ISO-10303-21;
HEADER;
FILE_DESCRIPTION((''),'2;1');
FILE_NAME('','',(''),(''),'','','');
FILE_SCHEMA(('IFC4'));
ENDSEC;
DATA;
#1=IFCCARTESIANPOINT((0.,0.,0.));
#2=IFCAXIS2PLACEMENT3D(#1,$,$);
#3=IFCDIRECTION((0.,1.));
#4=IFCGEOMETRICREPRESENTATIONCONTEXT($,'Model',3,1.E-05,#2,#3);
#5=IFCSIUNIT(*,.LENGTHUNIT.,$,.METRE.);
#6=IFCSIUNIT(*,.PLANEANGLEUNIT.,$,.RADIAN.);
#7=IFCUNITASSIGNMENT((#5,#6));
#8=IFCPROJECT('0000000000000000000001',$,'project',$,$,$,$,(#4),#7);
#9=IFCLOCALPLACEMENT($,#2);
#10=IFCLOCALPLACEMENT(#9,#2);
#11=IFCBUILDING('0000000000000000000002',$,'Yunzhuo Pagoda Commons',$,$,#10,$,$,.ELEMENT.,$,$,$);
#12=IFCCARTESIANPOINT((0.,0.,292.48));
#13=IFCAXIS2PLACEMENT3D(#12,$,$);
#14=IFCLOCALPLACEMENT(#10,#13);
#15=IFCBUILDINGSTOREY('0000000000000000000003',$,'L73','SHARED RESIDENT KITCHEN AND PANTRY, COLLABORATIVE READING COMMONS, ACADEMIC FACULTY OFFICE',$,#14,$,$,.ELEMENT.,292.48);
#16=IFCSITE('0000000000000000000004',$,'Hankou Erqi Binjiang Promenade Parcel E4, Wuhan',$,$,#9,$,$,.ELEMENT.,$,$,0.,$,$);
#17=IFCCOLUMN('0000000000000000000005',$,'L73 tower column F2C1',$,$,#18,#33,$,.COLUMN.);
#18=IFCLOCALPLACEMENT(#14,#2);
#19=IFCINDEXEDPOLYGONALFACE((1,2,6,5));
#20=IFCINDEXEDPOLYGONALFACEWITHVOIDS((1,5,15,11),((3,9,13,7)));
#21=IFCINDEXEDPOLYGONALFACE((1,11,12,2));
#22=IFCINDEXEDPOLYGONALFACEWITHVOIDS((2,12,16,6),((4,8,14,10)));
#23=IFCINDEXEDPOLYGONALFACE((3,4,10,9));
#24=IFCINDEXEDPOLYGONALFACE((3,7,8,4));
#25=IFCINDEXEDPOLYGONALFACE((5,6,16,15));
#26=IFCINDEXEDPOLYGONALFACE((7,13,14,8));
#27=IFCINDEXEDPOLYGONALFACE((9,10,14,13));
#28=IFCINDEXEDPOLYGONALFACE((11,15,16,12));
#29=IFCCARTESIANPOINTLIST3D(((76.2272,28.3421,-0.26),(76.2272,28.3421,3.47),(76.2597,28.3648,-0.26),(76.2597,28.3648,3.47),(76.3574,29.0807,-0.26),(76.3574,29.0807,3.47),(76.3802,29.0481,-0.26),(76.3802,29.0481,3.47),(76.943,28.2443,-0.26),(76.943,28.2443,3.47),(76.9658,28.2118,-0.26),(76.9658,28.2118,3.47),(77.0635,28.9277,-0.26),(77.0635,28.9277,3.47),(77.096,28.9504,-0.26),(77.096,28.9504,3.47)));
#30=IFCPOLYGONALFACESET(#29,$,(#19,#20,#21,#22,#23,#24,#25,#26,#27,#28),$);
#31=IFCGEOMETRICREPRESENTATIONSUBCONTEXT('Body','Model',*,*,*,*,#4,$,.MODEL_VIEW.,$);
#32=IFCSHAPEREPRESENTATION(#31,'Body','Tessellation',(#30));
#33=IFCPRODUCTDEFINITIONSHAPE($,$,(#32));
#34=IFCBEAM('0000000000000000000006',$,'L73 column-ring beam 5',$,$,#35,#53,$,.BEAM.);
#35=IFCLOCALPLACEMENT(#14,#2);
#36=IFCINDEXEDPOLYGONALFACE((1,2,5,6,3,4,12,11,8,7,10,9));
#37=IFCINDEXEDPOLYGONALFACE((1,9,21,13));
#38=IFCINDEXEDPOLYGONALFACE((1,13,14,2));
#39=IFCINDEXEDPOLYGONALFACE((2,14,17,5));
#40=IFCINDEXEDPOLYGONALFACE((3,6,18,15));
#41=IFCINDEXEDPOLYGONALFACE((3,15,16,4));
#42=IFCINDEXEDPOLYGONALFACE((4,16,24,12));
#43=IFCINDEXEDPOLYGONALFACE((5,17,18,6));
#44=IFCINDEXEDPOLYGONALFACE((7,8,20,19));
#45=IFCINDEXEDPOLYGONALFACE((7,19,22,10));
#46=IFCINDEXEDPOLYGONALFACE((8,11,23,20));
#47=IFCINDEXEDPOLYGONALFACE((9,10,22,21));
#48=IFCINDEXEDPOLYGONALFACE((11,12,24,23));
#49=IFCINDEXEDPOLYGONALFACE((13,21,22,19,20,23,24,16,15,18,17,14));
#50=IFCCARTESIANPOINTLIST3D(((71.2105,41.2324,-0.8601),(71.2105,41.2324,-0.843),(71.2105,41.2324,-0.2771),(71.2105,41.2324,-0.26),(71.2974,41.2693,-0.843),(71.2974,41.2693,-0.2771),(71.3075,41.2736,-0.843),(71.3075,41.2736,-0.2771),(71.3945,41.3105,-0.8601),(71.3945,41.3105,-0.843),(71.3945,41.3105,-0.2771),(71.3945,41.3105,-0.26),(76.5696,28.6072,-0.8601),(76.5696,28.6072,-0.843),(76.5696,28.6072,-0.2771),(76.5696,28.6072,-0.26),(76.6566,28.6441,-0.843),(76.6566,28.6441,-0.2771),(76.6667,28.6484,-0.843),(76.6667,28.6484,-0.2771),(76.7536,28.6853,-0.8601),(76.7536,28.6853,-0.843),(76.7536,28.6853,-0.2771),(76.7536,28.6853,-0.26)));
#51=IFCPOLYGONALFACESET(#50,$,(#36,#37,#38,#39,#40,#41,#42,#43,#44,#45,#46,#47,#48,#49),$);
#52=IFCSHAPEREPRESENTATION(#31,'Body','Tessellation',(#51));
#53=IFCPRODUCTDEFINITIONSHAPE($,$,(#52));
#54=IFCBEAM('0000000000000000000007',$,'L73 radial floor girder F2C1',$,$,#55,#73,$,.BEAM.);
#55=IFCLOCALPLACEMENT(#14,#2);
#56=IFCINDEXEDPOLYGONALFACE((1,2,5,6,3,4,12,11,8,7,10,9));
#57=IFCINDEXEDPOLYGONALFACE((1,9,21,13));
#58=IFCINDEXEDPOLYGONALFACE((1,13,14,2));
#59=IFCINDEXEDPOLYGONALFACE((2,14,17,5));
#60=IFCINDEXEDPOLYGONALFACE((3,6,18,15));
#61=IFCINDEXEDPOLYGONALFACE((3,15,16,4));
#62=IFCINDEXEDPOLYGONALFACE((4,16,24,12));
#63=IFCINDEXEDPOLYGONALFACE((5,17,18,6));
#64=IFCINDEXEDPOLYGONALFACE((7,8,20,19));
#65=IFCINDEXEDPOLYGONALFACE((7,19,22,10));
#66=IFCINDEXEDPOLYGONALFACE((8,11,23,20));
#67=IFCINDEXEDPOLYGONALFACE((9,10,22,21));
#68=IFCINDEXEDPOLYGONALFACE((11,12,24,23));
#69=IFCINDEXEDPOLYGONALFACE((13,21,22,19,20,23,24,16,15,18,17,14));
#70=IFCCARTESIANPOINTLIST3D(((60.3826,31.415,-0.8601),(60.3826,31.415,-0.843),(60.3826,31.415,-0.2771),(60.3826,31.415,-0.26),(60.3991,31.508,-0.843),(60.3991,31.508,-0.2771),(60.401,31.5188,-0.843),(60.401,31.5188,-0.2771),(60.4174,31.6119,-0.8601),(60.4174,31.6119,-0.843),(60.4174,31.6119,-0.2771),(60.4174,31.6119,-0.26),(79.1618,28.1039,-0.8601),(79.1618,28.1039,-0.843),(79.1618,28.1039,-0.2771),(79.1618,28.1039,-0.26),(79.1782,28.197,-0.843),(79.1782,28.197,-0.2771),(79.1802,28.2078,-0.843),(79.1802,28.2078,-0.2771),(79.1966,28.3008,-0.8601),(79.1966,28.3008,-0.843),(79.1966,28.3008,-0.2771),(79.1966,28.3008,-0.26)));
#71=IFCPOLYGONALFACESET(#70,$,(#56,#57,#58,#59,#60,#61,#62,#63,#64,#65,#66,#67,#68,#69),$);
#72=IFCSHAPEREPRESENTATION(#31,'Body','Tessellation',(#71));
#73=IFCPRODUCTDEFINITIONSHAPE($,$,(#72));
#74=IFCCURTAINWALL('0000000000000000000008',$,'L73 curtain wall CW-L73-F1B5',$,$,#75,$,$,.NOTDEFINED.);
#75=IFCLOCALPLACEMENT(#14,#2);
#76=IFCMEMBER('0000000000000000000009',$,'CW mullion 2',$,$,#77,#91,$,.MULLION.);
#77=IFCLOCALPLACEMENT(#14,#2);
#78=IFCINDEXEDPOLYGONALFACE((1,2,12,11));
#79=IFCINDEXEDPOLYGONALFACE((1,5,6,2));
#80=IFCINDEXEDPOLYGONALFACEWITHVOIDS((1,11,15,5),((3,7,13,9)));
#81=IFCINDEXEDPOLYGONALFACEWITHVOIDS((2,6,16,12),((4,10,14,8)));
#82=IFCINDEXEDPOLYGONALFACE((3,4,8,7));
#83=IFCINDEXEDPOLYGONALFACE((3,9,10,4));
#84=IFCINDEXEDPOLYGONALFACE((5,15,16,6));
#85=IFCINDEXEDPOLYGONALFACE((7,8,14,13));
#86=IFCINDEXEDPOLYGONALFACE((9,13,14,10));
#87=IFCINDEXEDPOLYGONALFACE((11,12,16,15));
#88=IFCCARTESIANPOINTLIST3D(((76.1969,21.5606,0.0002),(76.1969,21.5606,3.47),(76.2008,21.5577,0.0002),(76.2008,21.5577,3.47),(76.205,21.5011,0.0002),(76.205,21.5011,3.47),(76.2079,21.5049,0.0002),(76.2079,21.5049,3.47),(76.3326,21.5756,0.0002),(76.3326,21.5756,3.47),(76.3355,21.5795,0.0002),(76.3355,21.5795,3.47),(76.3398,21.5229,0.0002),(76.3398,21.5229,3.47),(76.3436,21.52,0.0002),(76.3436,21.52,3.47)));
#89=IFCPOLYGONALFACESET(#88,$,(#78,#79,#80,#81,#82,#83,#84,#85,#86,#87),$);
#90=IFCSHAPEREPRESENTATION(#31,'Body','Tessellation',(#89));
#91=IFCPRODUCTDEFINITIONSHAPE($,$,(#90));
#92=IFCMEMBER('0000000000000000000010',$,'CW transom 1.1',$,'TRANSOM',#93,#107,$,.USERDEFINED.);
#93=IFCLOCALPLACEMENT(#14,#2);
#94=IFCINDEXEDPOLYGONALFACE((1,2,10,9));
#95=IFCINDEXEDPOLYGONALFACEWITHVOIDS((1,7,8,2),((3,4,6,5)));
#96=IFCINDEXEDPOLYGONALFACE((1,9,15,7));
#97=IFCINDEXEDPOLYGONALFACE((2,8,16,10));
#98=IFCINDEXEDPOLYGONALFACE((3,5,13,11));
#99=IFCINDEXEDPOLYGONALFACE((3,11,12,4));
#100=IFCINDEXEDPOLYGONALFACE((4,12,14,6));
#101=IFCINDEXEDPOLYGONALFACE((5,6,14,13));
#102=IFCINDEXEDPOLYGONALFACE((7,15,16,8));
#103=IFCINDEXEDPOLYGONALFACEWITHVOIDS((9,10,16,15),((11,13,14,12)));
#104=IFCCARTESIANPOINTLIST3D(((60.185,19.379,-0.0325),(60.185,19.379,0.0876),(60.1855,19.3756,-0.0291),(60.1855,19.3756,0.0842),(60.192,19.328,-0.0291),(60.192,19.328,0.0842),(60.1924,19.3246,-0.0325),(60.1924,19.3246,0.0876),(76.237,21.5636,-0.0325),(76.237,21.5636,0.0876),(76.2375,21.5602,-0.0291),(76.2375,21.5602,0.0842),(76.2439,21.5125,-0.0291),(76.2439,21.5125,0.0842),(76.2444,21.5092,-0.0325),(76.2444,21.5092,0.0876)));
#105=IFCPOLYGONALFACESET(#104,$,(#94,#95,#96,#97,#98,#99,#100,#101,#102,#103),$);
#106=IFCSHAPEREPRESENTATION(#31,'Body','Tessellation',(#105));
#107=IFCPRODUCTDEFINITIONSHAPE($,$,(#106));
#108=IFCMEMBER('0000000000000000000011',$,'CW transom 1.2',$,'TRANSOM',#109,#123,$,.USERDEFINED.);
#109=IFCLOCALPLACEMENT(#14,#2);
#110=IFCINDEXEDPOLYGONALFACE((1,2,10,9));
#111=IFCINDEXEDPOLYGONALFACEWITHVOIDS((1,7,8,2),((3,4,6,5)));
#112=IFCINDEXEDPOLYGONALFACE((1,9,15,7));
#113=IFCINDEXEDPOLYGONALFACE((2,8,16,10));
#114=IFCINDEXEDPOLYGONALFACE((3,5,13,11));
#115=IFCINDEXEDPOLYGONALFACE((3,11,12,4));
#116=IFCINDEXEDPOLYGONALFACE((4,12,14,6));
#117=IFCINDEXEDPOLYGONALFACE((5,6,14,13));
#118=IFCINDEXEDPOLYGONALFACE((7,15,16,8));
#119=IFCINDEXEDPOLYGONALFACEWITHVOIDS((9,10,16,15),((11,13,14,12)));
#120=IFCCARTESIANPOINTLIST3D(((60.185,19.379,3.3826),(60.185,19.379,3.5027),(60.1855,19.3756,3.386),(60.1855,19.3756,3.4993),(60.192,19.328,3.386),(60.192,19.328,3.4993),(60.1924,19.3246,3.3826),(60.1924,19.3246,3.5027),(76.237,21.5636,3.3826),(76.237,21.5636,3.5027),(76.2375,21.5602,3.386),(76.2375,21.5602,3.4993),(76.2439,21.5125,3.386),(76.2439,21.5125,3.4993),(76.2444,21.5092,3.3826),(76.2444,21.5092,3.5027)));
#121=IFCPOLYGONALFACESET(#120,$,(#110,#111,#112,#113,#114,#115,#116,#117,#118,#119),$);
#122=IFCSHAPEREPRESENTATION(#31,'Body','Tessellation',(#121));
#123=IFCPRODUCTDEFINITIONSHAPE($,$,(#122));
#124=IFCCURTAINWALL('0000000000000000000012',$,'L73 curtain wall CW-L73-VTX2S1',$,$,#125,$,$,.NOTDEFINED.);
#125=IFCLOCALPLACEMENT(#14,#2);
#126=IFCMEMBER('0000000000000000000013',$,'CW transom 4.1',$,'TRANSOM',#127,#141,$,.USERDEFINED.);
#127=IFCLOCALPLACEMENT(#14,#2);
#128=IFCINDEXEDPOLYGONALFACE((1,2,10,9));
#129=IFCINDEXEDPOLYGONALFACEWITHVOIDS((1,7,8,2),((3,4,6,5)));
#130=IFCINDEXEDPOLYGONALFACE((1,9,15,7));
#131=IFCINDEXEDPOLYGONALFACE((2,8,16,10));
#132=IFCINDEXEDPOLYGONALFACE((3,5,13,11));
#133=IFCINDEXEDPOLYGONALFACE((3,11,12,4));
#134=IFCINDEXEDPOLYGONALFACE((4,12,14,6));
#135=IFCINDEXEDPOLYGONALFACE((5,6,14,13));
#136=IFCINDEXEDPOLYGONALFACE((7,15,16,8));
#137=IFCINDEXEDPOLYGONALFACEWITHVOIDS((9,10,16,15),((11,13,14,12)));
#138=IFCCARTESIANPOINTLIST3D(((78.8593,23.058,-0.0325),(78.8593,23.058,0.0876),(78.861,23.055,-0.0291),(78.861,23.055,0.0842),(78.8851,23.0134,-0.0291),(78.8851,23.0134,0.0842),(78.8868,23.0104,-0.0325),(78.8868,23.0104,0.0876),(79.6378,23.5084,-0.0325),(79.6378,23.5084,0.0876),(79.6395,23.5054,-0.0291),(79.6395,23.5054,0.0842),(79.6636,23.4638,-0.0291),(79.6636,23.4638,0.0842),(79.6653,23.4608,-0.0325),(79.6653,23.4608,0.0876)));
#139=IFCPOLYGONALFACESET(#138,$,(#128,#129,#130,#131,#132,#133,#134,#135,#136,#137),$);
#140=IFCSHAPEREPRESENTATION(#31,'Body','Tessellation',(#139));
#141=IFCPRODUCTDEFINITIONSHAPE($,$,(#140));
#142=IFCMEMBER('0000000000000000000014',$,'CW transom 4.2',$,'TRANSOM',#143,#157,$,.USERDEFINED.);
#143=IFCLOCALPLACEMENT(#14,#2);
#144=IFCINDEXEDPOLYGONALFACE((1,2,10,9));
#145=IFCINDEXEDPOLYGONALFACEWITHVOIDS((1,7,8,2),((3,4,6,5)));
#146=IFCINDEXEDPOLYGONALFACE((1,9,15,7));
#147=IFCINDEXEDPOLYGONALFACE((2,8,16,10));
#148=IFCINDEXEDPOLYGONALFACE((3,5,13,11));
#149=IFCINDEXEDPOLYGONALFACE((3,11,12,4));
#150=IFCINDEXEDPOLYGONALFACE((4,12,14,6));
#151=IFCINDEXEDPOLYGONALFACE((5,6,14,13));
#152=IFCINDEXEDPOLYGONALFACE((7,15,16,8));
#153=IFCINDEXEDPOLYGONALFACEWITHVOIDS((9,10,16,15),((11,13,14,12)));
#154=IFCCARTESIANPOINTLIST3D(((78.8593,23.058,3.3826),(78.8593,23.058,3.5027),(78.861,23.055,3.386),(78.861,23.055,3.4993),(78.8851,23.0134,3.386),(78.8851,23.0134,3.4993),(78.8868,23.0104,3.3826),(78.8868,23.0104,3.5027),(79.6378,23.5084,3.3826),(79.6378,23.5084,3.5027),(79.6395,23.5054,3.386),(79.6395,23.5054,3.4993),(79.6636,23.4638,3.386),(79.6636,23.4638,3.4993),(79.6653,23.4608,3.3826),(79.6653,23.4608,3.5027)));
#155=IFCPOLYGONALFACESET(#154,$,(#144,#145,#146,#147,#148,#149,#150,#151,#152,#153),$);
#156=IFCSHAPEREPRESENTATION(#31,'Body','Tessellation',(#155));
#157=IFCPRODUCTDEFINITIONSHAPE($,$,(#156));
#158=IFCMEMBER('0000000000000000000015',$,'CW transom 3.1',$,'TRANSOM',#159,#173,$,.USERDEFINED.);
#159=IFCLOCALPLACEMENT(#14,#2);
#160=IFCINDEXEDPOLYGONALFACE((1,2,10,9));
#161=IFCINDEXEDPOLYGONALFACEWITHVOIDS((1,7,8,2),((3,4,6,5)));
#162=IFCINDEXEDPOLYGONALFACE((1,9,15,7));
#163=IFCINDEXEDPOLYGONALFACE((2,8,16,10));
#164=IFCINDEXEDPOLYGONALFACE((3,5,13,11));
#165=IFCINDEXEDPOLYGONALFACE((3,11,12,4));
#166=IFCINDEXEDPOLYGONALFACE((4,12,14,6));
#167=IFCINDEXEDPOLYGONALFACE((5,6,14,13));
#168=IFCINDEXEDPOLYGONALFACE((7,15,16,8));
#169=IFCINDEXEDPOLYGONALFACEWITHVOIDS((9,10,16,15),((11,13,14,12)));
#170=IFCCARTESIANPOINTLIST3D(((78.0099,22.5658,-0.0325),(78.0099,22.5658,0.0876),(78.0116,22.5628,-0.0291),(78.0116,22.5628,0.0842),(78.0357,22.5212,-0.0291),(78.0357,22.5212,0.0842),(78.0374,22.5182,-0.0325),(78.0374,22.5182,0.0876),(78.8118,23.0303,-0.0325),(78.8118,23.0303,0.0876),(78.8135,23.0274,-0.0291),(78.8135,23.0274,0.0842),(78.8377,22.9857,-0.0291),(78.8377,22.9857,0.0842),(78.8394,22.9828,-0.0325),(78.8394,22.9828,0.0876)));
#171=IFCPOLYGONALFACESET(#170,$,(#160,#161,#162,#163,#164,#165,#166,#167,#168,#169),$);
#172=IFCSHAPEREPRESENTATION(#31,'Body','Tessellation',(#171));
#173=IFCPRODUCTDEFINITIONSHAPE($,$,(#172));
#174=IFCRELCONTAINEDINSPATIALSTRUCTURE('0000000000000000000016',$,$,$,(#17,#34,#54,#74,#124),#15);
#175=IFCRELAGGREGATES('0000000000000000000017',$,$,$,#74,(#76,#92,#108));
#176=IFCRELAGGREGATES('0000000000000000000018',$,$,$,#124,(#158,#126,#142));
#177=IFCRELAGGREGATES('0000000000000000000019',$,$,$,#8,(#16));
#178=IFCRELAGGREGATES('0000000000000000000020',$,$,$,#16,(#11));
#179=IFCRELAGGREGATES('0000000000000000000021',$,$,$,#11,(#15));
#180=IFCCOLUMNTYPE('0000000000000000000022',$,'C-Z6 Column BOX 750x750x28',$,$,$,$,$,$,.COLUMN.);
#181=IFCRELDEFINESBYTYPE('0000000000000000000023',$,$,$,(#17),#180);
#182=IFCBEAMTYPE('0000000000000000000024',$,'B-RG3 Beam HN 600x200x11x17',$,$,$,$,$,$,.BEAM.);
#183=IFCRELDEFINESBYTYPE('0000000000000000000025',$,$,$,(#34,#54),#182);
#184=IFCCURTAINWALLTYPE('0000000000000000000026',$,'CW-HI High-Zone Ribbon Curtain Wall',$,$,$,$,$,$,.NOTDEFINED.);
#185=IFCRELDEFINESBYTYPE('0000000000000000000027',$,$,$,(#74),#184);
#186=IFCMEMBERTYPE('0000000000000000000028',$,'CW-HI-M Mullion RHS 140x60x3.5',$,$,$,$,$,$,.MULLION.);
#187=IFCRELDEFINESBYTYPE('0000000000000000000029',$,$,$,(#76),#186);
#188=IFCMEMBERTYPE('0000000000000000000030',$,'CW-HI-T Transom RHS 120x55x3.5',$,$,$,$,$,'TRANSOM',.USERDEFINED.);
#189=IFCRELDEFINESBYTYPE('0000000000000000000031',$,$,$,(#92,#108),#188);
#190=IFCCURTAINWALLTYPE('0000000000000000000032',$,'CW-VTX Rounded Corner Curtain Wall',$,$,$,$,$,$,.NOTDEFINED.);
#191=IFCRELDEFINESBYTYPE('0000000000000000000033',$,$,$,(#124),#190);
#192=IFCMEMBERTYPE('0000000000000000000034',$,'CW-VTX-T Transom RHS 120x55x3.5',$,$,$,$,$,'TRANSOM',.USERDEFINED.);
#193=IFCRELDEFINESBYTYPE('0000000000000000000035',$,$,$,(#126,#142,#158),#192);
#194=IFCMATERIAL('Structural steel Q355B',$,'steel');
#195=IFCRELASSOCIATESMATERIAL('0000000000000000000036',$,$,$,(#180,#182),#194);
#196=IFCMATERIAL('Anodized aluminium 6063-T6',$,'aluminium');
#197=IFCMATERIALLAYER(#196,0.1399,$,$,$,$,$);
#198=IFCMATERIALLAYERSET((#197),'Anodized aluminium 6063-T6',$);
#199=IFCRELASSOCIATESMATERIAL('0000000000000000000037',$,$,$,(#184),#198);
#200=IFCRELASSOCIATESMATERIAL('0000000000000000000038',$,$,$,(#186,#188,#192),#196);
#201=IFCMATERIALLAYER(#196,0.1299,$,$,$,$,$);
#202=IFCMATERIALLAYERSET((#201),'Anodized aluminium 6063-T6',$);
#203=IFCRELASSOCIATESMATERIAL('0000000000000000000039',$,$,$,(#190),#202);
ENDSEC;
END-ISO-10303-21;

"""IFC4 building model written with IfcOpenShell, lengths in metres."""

from ifc_helpers import new_model, si_unit, direction, frame, origin, origin_2d, place, context, subcontext, project, spatial, hollow_rectangle, i_section, extrude, source, transform, mapped, material, layer, layer_set, material_profile, profile_set, type_object, element, aggregate, save


model = new_model("IFC4")

# Units and contexts
model_context = context("Model", 3, precision=1e-05, world=origin(), true_north=direction((0.0, 1.0)))
body_context = subcontext(model_context, "Body", "Model", "MODEL_VIEW")
ifc_project = project(units=[si_unit("LENGTHUNIT", "METRE"), si_unit("PLANEANGLEUNIT", "RADIAN")], contexts=[model_context])

# Site, building, storey
site_placement = place(None, origin())
site = spatial("IfcSite", under=ifc_project, at=site_placement, Name="Hankou Erqi Binjiang Promenade Parcel E4, Wuhan", CompositionType="ELEMENT", RefElevation=0.0)
building_placement = place(site_placement, origin())
building = spatial("IfcBuilding", under=site, at=building_placement, Name="Yunzhuo Pagoda Commons", CompositionType="ELEMENT")
storey_placement = place(building_placement, frame((0.0, 0.0, 292.48)))
storey = spatial("IfcBuildingStorey", under=building, at=storey_placement, Name="L73", Description="SHARED RESIDENT KITCHEN AND PANTRY, COLLABORATIVE READING COMMONS, ACADEMIC FACULTY OFFICE", CompositionType="ELEMENT", Elevation=292.48)

# Column
ifc_material_1 = material(Name="Structural steel Q355B", Category="steel")
ifc_material_profile_1 = material_profile(ifc_material_1, hollow_rectangle(XDim=0.75, YDim=0.75, WallThickness=0.0281, at=origin_2d()), Name="Structural steel Q355B")
ifc_profile_set_1 = profile_set([ifc_material_profile_1], Name="Structural steel Q355B")
column_type = type_object("IfcColumnType", Name="C-Z6 Column BOX 750x750x28", PredefinedType="COLUMN", material=ifc_profile_set_1)
shared_shape_1 = source(origin(), body_context, "Body", "SweptSolid", [
    extrude(hollow_rectangle(XDim=0.75, YDim=0.75, WallThickness=0.0281, at=origin_2d()), origin(), (0.0, 0.0, 1.0), 3.73),
])
column_placement = place(storey_placement, frame((76.6616, 28.6462, -0.26), z_axis=(0.0, 0.0, 1.0), x_axis=(0.173648, 0.984808, 0.0)))
element("IfcColumn", 1, at=column_placement, inside=storey, type_object=column_type, Name="L73 tower column F2C1", PredefinedType="COLUMN", context=body_context, shape_type="MappedRepresentation", body=[
    mapped(shared_shape_1, transform((0.0, 0.0, 0.0), scale=1.0)),
])

# Beams
ifc_material_profile_2 = material_profile(ifc_material_1, i_section(OverallWidth=0.2, OverallDepth=0.6001, WebThickness=0.011, FlangeThickness=0.0171, at=origin_2d()), Name="Structural steel Q355B")
ifc_profile_set_2 = profile_set([ifc_material_profile_2], Name="Structural steel Q355B")
beam_type = type_object("IfcBeamType", Name="B-RG3 Beam HN 600x200x11x17", PredefinedType="BEAM", material=ifc_profile_set_2)
shared_shape_2 = source(origin(), body_context, "Body", "SweptSolid", [
    extrude(i_section(OverallWidth=0.2, OverallDepth=0.6001, WebThickness=0.011, FlangeThickness=0.0171, at=origin_2d()), origin(), (0.0, 0.0, 1.0), 13.7156),
])
beam_1_placement = place(storey_placement, frame((76.6616, 28.6462, -0.5601), z_axis=(-0.390733, 0.920504, 0.0), x_axis=(-0.920504, -0.390733, 0.0)))
element("IfcBeam", 2, at=beam_1_placement, inside=storey, type_object=beam_type, Name="L73 column-ring beam 5", PredefinedType="BEAM", context=body_context, shape_type="MappedRepresentation", body=[
    mapped(shared_shape_2, transform((0.0, 0.0, 0.0), scale=1.0)),
])
shared_shape_3 = source(origin(), body_context, "Body", "SweptSolid", [
    extrude(i_section(OverallWidth=0.2, OverallDepth=0.6001, WebThickness=0.011, FlangeThickness=0.0171, at=origin_2d()), origin(), (0.0, 0.0, 1.0), 19.0688),
])
beam_2_placement = place(storey_placement, frame((79.1792, 28.2024, -0.5601), z_axis=(-0.98481, 0.173635, 0.0), x_axis=(-0.173635, -0.98481, 0.0)))
element("IfcBeam", 3, at=beam_2_placement, inside=storey, type_object=beam_type, Name="L73 radial floor girder F2C1", PredefinedType="BEAM", context=body_context, shape_type="MappedRepresentation", body=[
    mapped(shared_shape_3, transform((0.0, 0.0, 0.0), scale=1.0)),
])

# Curtain walls, members
ifc_material_2 = material(Name="Anodized aluminium 6063-T6", Category="aluminium")
ifc_layer_1 = layer(ifc_material_2, 0.1399)
ifc_layer_set_1 = layer_set([ifc_layer_1], Name="Anodized aluminium 6063-T6")
curtain_wall_type_1 = type_object("IfcCurtainWallType", Name="CW-HI High-Zone Ribbon Curtain Wall", PredefinedType="NOTDEFINED", material=ifc_layer_set_1)
curtain_wall_1_placement = place(storey_placement, origin())
curtain_wall_1 = element("IfcCurtainWall", 4, at=curtain_wall_1_placement, inside=storey, type_object=curtain_wall_type_1, Name="L73 curtain wall CW-L73-F1B5", PredefinedType="NOTDEFINED")
ifc_material_profile_3 = material_profile(ifc_material_2, hollow_rectangle(XDim=0.0601, YDim=0.1399, WallThickness=0.0034, at=origin_2d()), Name="Anodized aluminium 6063-T6")
ifc_profile_set_3 = profile_set([ifc_material_profile_3], Name="Anodized aluminium 6063-T6")
member_type_1 = type_object("IfcMemberType", Name="CW-HI-M Mullion RHS 140x60x3.5", PredefinedType="MULLION", material=ifc_profile_set_3)
shared_shape_4 = source(origin(), body_context, "Body", "SweptSolid", [
    extrude(hollow_rectangle(XDim=0.0601, YDim=0.1399, WallThickness=0.0034, at=origin_2d()), origin(), (0.0, 0.0, 1.0), 3.4697),
])
member_1_placement = place(storey_placement, frame((76.2703, 21.5403, 0.0002), z_axis=(0.0, 0.0, 1.0), x_axis=(-0.134854, 0.990865, 0.0)))
member_1 = element("IfcMember", 5, at=member_1_placement, type_object=member_type_1, Name="CW mullion 2", PredefinedType="MULLION", context=body_context, shape_type="MappedRepresentation", body=[
    mapped(shared_shape_4, transform((0.0, 0.0, 0.0), scale=1.0)),
])
ifc_material_profile_4 = material_profile(ifc_material_2, hollow_rectangle(XDim=0.0549, YDim=0.1201, WallThickness=0.0034, at=origin_2d()), Name="Anodized aluminium 6063-T6")
ifc_profile_set_4 = profile_set([ifc_material_profile_4], Name="Anodized aluminium 6063-T6")
member_type_2 = type_object("IfcMemberType", Name="CW-HI-T Transom RHS 120x55x3.5", ElementType="TRANSOM", PredefinedType="USERDEFINED", material=ifc_profile_set_4)
shared_shape_5 = source(origin(), body_context, "Body", "SweptSolid", [
    extrude(hollow_rectangle(XDim=0.0549, YDim=0.1201, WallThickness=0.0034, at=origin_2d()), origin(), (0.0, 0.0, 1.0), 16.2),
])
member_2_placement = place(storey_placement, frame((60.1887, 19.3518, 0.0276), z_axis=(0.990866, 0.13485, 0.0), x_axis=(-0.13485, 0.990866, 0.0)))
member_2 = element("IfcMember", 6, at=member_2_placement, type_object=member_type_2, Name="CW transom 1.1", ObjectType="TRANSOM", PredefinedType="USERDEFINED", context=body_context, shape_type="MappedRepresentation", body=[
    mapped(shared_shape_5, transform((0.0, 0.0, 0.0), scale=1.0)),
])
member_3_placement = place(storey_placement, frame((60.1887, 19.3518, 3.4426), z_axis=(0.990866, 0.13485, 0.0), x_axis=(-0.13485, 0.990866, 0.0)))
member_3 = element("IfcMember", 7, at=member_3_placement, type_object=member_type_2, Name="CW transom 1.2", ObjectType="TRANSOM", PredefinedType="USERDEFINED", context=body_context, shape_type="MappedRepresentation", body=[
    mapped(shared_shape_5, transform((0.0, 0.0, 0.0), scale=1.0)),
])
ifc_layer_2 = layer(ifc_material_2, 0.1299)
ifc_layer_set_2 = layer_set([ifc_layer_2], Name="Anodized aluminium 6063-T6")
curtain_wall_type_2 = type_object("IfcCurtainWallType", Name="CW-VTX Rounded Corner Curtain Wall", PredefinedType="NOTDEFINED", material=ifc_layer_set_2)
curtain_wall_2_placement = place(storey_placement, origin())
curtain_wall_2 = element("IfcCurtainWall", 8, at=curtain_wall_2_placement, inside=storey, type_object=curtain_wall_type_2, Name="L73 curtain wall CW-L73-VTX2S1", PredefinedType="NOTDEFINED")
ifc_material_profile_5 = material_profile(ifc_material_2, hollow_rectangle(XDim=0.0549, YDim=0.1201, WallThickness=0.0034, at=origin_2d()), Name="Anodized aluminium 6063-T6")
ifc_profile_set_5 = profile_set([ifc_material_profile_5], Name="Anodized aluminium 6063-T6")
member_type_3 = type_object("IfcMemberType", Name="CW-VTX-T Transom RHS 120x55x3.5", ElementType="TRANSOM", PredefinedType="USERDEFINED", material=ifc_profile_set_5)
shared_shape_6 = source(origin(), body_context, "Body", "SweptSolid", [
    extrude(hollow_rectangle(XDim=0.0549, YDim=0.1201, WallThickness=0.0034, at=origin_2d()), origin(), (0.0, 0.0, 1.0), 0.8994),
])
member_4_placement = place(storey_placement, frame((78.873, 23.0342, 0.0276), z_axis=(0.865575, 0.500779, 0.0), x_axis=(-0.500779, 0.865575, 0.0)))
member_4 = element("IfcMember", 9, at=member_4_placement, type_object=member_type_3, Name="CW transom 4.1", ObjectType="TRANSOM", PredefinedType="USERDEFINED", context=body_context, shape_type="MappedRepresentation", body=[
    mapped(shared_shape_6, transform((0.0, 0.0, 0.0), scale=1.0)),
])
member_5_placement = place(storey_placement, frame((78.873, 23.0342, 3.4426), z_axis=(0.865575, 0.500779, 0.0), x_axis=(-0.500779, 0.865575, 0.0)))
member_5 = element("IfcMember", 10, at=member_5_placement, type_object=member_type_3, Name="CW transom 4.2", ObjectType="TRANSOM", PredefinedType="USERDEFINED", context=body_context, shape_type="MappedRepresentation", body=[
    mapped(shared_shape_6, transform((0.0, 0.0, 0.0), scale=1.0)),
])
shared_shape_7 = source(origin(), body_context, "Body", "SweptSolid", [
    extrude(hollow_rectangle(XDim=0.0549, YDim=0.1201, WallThickness=0.0034, at=origin_2d()), origin(), (0.0, 0.0, 1.0), 0.9268),
])
member_6_placement = place(storey_placement, frame((78.0237, 22.542, 0.0276), z_axis=(0.865294, 0.501265, 0.0), x_axis=(-0.501265, 0.865294, 0.0)))
member_6 = element("IfcMember", 11, at=member_6_placement, type_object=member_type_3, Name="CW transom 3.1", ObjectType="TRANSOM", PredefinedType="USERDEFINED", context=body_context, shape_type="MappedRepresentation", body=[
    mapped(shared_shape_7, transform((0.0, 0.0, 0.0), scale=1.0)),
])

aggregate(curtain_wall_1, [member_1, member_2, member_3])
aggregate(curtain_wall_2, [member_6, member_4, member_5])

save(model, "model.ifc")
